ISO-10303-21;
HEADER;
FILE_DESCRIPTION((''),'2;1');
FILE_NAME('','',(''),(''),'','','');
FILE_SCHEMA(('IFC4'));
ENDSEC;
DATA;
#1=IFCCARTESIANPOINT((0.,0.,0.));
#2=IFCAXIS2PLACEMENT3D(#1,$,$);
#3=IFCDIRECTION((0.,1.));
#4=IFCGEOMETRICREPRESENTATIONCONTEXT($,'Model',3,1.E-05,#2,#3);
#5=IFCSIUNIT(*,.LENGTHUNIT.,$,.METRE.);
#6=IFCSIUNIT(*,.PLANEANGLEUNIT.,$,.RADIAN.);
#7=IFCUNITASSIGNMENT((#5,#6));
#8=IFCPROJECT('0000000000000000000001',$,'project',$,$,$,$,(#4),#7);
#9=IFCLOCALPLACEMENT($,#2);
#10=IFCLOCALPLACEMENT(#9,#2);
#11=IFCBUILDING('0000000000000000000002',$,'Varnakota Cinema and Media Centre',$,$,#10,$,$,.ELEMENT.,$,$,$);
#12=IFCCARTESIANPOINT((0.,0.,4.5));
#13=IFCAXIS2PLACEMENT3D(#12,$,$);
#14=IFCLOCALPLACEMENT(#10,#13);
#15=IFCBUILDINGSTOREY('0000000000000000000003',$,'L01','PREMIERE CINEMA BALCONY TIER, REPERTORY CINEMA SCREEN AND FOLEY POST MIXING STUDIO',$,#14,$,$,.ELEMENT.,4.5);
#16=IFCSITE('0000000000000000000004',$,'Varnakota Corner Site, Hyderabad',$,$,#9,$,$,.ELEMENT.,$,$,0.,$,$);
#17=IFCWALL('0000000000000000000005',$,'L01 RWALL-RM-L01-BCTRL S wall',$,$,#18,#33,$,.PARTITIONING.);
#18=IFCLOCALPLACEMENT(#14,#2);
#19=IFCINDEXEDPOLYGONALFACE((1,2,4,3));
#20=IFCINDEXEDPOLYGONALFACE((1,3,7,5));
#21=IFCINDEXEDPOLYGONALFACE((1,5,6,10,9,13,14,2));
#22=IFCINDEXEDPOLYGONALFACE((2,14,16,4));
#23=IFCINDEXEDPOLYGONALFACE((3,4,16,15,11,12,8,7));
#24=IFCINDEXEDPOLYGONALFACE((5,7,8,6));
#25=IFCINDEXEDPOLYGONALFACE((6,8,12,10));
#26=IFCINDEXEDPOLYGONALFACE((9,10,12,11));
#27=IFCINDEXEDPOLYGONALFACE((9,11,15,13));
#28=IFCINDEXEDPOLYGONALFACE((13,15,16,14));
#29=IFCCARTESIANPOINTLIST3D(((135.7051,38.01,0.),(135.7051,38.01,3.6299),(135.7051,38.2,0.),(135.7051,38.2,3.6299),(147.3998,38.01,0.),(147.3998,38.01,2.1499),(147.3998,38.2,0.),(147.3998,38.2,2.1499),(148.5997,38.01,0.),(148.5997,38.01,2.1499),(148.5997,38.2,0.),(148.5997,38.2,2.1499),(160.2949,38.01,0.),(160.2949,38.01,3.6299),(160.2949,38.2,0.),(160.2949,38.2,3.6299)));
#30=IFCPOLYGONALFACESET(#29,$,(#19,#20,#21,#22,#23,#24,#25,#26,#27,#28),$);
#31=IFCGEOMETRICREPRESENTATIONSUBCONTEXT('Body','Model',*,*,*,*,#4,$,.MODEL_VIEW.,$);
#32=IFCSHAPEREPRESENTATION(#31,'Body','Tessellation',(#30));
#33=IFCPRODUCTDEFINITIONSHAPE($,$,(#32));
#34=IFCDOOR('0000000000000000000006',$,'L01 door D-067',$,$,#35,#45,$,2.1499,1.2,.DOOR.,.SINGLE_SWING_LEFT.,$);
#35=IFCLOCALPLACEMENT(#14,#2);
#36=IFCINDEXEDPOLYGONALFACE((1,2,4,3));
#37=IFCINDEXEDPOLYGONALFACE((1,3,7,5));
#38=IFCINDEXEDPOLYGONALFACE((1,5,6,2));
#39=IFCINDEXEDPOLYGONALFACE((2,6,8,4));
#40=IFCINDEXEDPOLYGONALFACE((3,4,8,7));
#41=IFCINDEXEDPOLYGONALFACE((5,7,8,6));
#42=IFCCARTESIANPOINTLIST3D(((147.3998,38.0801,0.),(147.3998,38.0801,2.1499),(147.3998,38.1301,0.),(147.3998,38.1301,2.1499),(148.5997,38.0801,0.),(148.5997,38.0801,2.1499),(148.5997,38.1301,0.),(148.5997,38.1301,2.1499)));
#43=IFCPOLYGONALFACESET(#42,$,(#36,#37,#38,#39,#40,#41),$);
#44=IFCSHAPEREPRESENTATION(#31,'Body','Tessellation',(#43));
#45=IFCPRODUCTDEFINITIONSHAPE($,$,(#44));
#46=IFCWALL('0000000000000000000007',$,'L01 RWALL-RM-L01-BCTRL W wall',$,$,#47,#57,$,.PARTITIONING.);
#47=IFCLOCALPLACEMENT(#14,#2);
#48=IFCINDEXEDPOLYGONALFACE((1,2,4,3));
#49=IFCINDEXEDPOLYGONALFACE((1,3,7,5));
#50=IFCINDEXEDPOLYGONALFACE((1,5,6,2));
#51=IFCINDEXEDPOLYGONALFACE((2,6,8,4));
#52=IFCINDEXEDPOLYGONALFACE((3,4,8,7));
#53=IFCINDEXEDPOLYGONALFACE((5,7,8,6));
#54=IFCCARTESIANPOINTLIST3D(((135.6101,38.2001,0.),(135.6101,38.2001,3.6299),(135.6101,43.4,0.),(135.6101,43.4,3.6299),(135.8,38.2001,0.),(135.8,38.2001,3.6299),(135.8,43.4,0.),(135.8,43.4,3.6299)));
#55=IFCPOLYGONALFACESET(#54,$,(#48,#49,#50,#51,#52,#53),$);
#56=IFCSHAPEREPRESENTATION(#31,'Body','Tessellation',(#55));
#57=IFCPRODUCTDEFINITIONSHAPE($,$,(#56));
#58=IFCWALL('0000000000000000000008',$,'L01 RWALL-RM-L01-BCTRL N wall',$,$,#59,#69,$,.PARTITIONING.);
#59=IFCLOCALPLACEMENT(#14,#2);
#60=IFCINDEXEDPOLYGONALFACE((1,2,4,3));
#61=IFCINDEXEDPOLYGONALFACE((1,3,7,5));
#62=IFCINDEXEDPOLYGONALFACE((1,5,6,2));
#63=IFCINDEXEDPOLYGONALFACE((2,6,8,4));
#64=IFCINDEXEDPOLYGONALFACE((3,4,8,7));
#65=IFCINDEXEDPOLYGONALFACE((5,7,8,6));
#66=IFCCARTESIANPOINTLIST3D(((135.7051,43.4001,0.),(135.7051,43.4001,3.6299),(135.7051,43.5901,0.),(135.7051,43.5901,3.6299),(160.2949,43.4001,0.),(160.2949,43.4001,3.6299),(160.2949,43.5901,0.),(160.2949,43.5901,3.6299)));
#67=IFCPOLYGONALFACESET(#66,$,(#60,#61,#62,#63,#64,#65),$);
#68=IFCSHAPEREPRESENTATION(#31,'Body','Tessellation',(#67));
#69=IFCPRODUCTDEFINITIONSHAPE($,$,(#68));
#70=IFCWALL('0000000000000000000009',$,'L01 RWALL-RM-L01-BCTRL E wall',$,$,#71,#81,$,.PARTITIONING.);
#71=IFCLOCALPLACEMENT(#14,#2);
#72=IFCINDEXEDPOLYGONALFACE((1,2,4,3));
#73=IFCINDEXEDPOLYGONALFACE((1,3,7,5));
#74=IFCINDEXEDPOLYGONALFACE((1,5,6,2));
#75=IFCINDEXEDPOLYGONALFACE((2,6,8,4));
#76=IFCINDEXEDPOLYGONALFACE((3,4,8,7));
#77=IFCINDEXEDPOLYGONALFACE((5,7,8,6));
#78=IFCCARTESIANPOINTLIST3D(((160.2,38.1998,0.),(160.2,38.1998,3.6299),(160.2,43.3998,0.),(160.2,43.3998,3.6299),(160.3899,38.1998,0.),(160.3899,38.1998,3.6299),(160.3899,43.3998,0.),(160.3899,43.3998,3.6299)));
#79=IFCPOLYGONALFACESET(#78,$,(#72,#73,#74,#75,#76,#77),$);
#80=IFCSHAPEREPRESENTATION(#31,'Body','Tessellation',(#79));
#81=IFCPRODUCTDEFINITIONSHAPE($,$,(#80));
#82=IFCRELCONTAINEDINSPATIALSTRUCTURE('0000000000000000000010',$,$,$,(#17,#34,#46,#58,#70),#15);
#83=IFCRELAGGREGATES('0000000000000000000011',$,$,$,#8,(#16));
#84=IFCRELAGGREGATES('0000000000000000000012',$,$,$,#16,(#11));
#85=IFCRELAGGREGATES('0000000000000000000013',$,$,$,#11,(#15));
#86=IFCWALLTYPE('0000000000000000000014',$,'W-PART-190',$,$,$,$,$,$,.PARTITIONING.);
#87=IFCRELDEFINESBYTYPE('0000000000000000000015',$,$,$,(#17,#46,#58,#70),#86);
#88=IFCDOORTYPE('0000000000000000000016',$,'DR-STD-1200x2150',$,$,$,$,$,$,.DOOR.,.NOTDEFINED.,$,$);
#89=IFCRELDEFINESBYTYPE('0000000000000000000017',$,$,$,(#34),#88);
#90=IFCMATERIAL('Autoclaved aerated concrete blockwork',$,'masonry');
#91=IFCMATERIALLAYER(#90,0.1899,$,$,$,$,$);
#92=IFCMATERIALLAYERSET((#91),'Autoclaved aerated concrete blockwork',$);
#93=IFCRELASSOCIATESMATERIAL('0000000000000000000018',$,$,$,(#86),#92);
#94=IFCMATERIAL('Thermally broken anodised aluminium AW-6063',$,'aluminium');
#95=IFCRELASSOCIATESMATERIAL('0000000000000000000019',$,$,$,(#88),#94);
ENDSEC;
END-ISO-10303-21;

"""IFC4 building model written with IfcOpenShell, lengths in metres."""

from ifc_helpers import new_model, si_unit, direction, frame, frame_2d, origin, place, context, subcontext, project, spatial, rectangle, extrude, material, layer, layer_set, type_object, element, fill, save


model = new_model("IFC4")

# Units and contexts
model_context = context("Model", 3, precision=1e-05, world=origin(), true_north=direction((0.0, 1.0)))
body_context = subcontext(model_context, "Body", "Model", "MODEL_VIEW")
ifc_project = project(units=[si_unit("LENGTHUNIT", "METRE"), si_unit("PLANEANGLEUNIT", "RADIAN")], contexts=[model_context])

# Site, building, storey
site_placement = place(None, origin())
site = spatial("IfcSite", under=ifc_project, at=site_placement, Name="Varnakota Corner Site, Hyderabad", CompositionType="ELEMENT", RefElevation=0.0)
building_placement = place(site_placement, origin())
building = spatial("IfcBuilding", under=site, at=building_placement, Name="Varnakota Cinema and Media Centre", CompositionType="ELEMENT")
storey_placement = place(building_placement, frame((0.0, 0.0, 4.5)))
storey = spatial("IfcBuildingStorey", under=building, at=storey_placement, Name="L01", Description="PREMIERE CINEMA BALCONY TIER, REPERTORY CINEMA SCREEN AND FOLEY POST MIXING STUDIO", CompositionType="ELEMENT", Elevation=4.5)

# Wall, opening, door
ifc_material_1 = material(Name="Autoclaved aerated concrete blockwork", Category="masonry")
ifc_layer_1 = layer(ifc_material_1, 0.1899)
ifc_layer_set_1 = layer_set([ifc_layer_1], Name="Autoclaved aerated concrete blockwork")
wall_type_1 = type_object("IfcWallType", Name="W-PART-190", PredefinedType="PARTITIONING", material=ifc_layer_set_1)
wall_1_placement = place(storey_placement, frame((160.2949, 38.105, 0.0), z_axis=(0.0, 0.0, 1.0), x_axis=(-1.0, 0.0, 0.0)))
wall_1 = element("IfcWall", 1, at=wall_1_placement, inside=storey, type_object=wall_type_1, Name="L01 RWALL-RM-L01-BCTRL S wall", PredefinedType="PARTITIONING", context=body_context, shape_type="SweptSolid", body=[
    extrude(rectangle(XDim=24.5898, YDim=0.1899, at=frame_2d((12.2949, 0.0))), origin(), (0.0, 0.0, 1.0), 3.6299),
])
opening_1_placement = place(wall_1_placement, frame((11.6951, 0.0, 0.0)))
opening_1 = element("IfcOpeningElement", 2, at=opening_1_placement, cuts=wall_1, PredefinedType="OPENING", context=body_context, shape_type="SweptSolid", body=[
    extrude(rectangle(XDim=1.2, YDim=2.1499, at=frame_2d((0.6001, 1.075))), frame((0.0, 0.095, 0.0), z_axis=(0.0, -1.0, 0.0), x_axis=(1.0, 0.0, 0.0)), (0.0, 0.0, 1.0), 0.1899),
])
ifc_material_2 = material(Name="Thermally broken anodised aluminium AW-6063", Category="aluminium")
door_type_1 = type_object("IfcDoorType", Name="DR-STD-1200x2150", OperationType="NOTDEFINED", PredefinedType="DOOR", material=ifc_material_2)
door_1_placement = place(opening_1_placement, origin())
door_1 = element("IfcDoor", 3, at=door_1_placement, inside=storey, type_object=door_type_1, Name="L01 door D-067", OperationType="SINGLE_SWING_LEFT", OverallHeight=2.1499, OverallWidth=1.2, PredefinedType="DOOR", context=body_context, shape_type="SweptSolid", body=[
    extrude(rectangle(XDim=1.2, YDim=2.1499, at=frame_2d((0.6001, 1.075))), frame((0.0, 0.0249, 0.0), z_axis=(0.0, -1.0, 0.0), x_axis=(1.0, 0.0, 0.0)), (0.0, 0.0, 1.0), 0.05),
])
fill(opening_1, door_1)

# Walls
wall_2_placement = place(storey_placement, frame((135.7051, 38.2, 0.0), z_axis=(0.0, 0.0, 1.0), x_axis=(0.0, 1.0, 0.0)))
element("IfcWall", 4, at=wall_2_placement, inside=storey, type_object=wall_type_1, Name="L01 RWALL-RM-L01-BCTRL W wall", PredefinedType="PARTITIONING", context=body_context, shape_type="SweptSolid", body=[
    extrude(rectangle(XDim=5.2, YDim=0.1899, at=frame_2d((2.6001, 0.0))), origin(), (0.0, 0.0, 1.0), 3.6299),
])
wall_3_placement = place(storey_placement, frame((135.7051, 43.4951, 0.0), z_axis=(0.0, 0.0, 1.0), x_axis=(1.0, 0.0, 0.0)))
element("IfcWall", 5, at=wall_3_placement, inside=storey, type_object=wall_type_1, Name="L01 RWALL-RM-L01-BCTRL N wall", PredefinedType="PARTITIONING", context=body_context, shape_type="SweptSolid", body=[
    extrude(rectangle(XDim=24.5898, YDim=0.1899, at=frame_2d((12.2949, 0.0))), origin(), (0.0, 0.0, 1.0), 3.6299),
])
wall_4_placement = place(storey_placement, frame((160.2949, 43.3999, 0.0), z_axis=(0.0, 0.0, 1.0), x_axis=(0.0, -1.0, 0.0)))
element("IfcWall", 6, at=wall_4_placement, inside=storey, type_object=wall_type_1, Name="L01 RWALL-RM-L01-BCTRL E wall", PredefinedType="PARTITIONING", context=body_context, shape_type="SweptSolid", body=[
    extrude(rectangle(XDim=5.2, YDim=0.1899, at=frame_2d((2.6001, 0.0))), origin(), (0.0, 0.0, 1.0), 3.6299),
])

save(model, "model.ifc")
